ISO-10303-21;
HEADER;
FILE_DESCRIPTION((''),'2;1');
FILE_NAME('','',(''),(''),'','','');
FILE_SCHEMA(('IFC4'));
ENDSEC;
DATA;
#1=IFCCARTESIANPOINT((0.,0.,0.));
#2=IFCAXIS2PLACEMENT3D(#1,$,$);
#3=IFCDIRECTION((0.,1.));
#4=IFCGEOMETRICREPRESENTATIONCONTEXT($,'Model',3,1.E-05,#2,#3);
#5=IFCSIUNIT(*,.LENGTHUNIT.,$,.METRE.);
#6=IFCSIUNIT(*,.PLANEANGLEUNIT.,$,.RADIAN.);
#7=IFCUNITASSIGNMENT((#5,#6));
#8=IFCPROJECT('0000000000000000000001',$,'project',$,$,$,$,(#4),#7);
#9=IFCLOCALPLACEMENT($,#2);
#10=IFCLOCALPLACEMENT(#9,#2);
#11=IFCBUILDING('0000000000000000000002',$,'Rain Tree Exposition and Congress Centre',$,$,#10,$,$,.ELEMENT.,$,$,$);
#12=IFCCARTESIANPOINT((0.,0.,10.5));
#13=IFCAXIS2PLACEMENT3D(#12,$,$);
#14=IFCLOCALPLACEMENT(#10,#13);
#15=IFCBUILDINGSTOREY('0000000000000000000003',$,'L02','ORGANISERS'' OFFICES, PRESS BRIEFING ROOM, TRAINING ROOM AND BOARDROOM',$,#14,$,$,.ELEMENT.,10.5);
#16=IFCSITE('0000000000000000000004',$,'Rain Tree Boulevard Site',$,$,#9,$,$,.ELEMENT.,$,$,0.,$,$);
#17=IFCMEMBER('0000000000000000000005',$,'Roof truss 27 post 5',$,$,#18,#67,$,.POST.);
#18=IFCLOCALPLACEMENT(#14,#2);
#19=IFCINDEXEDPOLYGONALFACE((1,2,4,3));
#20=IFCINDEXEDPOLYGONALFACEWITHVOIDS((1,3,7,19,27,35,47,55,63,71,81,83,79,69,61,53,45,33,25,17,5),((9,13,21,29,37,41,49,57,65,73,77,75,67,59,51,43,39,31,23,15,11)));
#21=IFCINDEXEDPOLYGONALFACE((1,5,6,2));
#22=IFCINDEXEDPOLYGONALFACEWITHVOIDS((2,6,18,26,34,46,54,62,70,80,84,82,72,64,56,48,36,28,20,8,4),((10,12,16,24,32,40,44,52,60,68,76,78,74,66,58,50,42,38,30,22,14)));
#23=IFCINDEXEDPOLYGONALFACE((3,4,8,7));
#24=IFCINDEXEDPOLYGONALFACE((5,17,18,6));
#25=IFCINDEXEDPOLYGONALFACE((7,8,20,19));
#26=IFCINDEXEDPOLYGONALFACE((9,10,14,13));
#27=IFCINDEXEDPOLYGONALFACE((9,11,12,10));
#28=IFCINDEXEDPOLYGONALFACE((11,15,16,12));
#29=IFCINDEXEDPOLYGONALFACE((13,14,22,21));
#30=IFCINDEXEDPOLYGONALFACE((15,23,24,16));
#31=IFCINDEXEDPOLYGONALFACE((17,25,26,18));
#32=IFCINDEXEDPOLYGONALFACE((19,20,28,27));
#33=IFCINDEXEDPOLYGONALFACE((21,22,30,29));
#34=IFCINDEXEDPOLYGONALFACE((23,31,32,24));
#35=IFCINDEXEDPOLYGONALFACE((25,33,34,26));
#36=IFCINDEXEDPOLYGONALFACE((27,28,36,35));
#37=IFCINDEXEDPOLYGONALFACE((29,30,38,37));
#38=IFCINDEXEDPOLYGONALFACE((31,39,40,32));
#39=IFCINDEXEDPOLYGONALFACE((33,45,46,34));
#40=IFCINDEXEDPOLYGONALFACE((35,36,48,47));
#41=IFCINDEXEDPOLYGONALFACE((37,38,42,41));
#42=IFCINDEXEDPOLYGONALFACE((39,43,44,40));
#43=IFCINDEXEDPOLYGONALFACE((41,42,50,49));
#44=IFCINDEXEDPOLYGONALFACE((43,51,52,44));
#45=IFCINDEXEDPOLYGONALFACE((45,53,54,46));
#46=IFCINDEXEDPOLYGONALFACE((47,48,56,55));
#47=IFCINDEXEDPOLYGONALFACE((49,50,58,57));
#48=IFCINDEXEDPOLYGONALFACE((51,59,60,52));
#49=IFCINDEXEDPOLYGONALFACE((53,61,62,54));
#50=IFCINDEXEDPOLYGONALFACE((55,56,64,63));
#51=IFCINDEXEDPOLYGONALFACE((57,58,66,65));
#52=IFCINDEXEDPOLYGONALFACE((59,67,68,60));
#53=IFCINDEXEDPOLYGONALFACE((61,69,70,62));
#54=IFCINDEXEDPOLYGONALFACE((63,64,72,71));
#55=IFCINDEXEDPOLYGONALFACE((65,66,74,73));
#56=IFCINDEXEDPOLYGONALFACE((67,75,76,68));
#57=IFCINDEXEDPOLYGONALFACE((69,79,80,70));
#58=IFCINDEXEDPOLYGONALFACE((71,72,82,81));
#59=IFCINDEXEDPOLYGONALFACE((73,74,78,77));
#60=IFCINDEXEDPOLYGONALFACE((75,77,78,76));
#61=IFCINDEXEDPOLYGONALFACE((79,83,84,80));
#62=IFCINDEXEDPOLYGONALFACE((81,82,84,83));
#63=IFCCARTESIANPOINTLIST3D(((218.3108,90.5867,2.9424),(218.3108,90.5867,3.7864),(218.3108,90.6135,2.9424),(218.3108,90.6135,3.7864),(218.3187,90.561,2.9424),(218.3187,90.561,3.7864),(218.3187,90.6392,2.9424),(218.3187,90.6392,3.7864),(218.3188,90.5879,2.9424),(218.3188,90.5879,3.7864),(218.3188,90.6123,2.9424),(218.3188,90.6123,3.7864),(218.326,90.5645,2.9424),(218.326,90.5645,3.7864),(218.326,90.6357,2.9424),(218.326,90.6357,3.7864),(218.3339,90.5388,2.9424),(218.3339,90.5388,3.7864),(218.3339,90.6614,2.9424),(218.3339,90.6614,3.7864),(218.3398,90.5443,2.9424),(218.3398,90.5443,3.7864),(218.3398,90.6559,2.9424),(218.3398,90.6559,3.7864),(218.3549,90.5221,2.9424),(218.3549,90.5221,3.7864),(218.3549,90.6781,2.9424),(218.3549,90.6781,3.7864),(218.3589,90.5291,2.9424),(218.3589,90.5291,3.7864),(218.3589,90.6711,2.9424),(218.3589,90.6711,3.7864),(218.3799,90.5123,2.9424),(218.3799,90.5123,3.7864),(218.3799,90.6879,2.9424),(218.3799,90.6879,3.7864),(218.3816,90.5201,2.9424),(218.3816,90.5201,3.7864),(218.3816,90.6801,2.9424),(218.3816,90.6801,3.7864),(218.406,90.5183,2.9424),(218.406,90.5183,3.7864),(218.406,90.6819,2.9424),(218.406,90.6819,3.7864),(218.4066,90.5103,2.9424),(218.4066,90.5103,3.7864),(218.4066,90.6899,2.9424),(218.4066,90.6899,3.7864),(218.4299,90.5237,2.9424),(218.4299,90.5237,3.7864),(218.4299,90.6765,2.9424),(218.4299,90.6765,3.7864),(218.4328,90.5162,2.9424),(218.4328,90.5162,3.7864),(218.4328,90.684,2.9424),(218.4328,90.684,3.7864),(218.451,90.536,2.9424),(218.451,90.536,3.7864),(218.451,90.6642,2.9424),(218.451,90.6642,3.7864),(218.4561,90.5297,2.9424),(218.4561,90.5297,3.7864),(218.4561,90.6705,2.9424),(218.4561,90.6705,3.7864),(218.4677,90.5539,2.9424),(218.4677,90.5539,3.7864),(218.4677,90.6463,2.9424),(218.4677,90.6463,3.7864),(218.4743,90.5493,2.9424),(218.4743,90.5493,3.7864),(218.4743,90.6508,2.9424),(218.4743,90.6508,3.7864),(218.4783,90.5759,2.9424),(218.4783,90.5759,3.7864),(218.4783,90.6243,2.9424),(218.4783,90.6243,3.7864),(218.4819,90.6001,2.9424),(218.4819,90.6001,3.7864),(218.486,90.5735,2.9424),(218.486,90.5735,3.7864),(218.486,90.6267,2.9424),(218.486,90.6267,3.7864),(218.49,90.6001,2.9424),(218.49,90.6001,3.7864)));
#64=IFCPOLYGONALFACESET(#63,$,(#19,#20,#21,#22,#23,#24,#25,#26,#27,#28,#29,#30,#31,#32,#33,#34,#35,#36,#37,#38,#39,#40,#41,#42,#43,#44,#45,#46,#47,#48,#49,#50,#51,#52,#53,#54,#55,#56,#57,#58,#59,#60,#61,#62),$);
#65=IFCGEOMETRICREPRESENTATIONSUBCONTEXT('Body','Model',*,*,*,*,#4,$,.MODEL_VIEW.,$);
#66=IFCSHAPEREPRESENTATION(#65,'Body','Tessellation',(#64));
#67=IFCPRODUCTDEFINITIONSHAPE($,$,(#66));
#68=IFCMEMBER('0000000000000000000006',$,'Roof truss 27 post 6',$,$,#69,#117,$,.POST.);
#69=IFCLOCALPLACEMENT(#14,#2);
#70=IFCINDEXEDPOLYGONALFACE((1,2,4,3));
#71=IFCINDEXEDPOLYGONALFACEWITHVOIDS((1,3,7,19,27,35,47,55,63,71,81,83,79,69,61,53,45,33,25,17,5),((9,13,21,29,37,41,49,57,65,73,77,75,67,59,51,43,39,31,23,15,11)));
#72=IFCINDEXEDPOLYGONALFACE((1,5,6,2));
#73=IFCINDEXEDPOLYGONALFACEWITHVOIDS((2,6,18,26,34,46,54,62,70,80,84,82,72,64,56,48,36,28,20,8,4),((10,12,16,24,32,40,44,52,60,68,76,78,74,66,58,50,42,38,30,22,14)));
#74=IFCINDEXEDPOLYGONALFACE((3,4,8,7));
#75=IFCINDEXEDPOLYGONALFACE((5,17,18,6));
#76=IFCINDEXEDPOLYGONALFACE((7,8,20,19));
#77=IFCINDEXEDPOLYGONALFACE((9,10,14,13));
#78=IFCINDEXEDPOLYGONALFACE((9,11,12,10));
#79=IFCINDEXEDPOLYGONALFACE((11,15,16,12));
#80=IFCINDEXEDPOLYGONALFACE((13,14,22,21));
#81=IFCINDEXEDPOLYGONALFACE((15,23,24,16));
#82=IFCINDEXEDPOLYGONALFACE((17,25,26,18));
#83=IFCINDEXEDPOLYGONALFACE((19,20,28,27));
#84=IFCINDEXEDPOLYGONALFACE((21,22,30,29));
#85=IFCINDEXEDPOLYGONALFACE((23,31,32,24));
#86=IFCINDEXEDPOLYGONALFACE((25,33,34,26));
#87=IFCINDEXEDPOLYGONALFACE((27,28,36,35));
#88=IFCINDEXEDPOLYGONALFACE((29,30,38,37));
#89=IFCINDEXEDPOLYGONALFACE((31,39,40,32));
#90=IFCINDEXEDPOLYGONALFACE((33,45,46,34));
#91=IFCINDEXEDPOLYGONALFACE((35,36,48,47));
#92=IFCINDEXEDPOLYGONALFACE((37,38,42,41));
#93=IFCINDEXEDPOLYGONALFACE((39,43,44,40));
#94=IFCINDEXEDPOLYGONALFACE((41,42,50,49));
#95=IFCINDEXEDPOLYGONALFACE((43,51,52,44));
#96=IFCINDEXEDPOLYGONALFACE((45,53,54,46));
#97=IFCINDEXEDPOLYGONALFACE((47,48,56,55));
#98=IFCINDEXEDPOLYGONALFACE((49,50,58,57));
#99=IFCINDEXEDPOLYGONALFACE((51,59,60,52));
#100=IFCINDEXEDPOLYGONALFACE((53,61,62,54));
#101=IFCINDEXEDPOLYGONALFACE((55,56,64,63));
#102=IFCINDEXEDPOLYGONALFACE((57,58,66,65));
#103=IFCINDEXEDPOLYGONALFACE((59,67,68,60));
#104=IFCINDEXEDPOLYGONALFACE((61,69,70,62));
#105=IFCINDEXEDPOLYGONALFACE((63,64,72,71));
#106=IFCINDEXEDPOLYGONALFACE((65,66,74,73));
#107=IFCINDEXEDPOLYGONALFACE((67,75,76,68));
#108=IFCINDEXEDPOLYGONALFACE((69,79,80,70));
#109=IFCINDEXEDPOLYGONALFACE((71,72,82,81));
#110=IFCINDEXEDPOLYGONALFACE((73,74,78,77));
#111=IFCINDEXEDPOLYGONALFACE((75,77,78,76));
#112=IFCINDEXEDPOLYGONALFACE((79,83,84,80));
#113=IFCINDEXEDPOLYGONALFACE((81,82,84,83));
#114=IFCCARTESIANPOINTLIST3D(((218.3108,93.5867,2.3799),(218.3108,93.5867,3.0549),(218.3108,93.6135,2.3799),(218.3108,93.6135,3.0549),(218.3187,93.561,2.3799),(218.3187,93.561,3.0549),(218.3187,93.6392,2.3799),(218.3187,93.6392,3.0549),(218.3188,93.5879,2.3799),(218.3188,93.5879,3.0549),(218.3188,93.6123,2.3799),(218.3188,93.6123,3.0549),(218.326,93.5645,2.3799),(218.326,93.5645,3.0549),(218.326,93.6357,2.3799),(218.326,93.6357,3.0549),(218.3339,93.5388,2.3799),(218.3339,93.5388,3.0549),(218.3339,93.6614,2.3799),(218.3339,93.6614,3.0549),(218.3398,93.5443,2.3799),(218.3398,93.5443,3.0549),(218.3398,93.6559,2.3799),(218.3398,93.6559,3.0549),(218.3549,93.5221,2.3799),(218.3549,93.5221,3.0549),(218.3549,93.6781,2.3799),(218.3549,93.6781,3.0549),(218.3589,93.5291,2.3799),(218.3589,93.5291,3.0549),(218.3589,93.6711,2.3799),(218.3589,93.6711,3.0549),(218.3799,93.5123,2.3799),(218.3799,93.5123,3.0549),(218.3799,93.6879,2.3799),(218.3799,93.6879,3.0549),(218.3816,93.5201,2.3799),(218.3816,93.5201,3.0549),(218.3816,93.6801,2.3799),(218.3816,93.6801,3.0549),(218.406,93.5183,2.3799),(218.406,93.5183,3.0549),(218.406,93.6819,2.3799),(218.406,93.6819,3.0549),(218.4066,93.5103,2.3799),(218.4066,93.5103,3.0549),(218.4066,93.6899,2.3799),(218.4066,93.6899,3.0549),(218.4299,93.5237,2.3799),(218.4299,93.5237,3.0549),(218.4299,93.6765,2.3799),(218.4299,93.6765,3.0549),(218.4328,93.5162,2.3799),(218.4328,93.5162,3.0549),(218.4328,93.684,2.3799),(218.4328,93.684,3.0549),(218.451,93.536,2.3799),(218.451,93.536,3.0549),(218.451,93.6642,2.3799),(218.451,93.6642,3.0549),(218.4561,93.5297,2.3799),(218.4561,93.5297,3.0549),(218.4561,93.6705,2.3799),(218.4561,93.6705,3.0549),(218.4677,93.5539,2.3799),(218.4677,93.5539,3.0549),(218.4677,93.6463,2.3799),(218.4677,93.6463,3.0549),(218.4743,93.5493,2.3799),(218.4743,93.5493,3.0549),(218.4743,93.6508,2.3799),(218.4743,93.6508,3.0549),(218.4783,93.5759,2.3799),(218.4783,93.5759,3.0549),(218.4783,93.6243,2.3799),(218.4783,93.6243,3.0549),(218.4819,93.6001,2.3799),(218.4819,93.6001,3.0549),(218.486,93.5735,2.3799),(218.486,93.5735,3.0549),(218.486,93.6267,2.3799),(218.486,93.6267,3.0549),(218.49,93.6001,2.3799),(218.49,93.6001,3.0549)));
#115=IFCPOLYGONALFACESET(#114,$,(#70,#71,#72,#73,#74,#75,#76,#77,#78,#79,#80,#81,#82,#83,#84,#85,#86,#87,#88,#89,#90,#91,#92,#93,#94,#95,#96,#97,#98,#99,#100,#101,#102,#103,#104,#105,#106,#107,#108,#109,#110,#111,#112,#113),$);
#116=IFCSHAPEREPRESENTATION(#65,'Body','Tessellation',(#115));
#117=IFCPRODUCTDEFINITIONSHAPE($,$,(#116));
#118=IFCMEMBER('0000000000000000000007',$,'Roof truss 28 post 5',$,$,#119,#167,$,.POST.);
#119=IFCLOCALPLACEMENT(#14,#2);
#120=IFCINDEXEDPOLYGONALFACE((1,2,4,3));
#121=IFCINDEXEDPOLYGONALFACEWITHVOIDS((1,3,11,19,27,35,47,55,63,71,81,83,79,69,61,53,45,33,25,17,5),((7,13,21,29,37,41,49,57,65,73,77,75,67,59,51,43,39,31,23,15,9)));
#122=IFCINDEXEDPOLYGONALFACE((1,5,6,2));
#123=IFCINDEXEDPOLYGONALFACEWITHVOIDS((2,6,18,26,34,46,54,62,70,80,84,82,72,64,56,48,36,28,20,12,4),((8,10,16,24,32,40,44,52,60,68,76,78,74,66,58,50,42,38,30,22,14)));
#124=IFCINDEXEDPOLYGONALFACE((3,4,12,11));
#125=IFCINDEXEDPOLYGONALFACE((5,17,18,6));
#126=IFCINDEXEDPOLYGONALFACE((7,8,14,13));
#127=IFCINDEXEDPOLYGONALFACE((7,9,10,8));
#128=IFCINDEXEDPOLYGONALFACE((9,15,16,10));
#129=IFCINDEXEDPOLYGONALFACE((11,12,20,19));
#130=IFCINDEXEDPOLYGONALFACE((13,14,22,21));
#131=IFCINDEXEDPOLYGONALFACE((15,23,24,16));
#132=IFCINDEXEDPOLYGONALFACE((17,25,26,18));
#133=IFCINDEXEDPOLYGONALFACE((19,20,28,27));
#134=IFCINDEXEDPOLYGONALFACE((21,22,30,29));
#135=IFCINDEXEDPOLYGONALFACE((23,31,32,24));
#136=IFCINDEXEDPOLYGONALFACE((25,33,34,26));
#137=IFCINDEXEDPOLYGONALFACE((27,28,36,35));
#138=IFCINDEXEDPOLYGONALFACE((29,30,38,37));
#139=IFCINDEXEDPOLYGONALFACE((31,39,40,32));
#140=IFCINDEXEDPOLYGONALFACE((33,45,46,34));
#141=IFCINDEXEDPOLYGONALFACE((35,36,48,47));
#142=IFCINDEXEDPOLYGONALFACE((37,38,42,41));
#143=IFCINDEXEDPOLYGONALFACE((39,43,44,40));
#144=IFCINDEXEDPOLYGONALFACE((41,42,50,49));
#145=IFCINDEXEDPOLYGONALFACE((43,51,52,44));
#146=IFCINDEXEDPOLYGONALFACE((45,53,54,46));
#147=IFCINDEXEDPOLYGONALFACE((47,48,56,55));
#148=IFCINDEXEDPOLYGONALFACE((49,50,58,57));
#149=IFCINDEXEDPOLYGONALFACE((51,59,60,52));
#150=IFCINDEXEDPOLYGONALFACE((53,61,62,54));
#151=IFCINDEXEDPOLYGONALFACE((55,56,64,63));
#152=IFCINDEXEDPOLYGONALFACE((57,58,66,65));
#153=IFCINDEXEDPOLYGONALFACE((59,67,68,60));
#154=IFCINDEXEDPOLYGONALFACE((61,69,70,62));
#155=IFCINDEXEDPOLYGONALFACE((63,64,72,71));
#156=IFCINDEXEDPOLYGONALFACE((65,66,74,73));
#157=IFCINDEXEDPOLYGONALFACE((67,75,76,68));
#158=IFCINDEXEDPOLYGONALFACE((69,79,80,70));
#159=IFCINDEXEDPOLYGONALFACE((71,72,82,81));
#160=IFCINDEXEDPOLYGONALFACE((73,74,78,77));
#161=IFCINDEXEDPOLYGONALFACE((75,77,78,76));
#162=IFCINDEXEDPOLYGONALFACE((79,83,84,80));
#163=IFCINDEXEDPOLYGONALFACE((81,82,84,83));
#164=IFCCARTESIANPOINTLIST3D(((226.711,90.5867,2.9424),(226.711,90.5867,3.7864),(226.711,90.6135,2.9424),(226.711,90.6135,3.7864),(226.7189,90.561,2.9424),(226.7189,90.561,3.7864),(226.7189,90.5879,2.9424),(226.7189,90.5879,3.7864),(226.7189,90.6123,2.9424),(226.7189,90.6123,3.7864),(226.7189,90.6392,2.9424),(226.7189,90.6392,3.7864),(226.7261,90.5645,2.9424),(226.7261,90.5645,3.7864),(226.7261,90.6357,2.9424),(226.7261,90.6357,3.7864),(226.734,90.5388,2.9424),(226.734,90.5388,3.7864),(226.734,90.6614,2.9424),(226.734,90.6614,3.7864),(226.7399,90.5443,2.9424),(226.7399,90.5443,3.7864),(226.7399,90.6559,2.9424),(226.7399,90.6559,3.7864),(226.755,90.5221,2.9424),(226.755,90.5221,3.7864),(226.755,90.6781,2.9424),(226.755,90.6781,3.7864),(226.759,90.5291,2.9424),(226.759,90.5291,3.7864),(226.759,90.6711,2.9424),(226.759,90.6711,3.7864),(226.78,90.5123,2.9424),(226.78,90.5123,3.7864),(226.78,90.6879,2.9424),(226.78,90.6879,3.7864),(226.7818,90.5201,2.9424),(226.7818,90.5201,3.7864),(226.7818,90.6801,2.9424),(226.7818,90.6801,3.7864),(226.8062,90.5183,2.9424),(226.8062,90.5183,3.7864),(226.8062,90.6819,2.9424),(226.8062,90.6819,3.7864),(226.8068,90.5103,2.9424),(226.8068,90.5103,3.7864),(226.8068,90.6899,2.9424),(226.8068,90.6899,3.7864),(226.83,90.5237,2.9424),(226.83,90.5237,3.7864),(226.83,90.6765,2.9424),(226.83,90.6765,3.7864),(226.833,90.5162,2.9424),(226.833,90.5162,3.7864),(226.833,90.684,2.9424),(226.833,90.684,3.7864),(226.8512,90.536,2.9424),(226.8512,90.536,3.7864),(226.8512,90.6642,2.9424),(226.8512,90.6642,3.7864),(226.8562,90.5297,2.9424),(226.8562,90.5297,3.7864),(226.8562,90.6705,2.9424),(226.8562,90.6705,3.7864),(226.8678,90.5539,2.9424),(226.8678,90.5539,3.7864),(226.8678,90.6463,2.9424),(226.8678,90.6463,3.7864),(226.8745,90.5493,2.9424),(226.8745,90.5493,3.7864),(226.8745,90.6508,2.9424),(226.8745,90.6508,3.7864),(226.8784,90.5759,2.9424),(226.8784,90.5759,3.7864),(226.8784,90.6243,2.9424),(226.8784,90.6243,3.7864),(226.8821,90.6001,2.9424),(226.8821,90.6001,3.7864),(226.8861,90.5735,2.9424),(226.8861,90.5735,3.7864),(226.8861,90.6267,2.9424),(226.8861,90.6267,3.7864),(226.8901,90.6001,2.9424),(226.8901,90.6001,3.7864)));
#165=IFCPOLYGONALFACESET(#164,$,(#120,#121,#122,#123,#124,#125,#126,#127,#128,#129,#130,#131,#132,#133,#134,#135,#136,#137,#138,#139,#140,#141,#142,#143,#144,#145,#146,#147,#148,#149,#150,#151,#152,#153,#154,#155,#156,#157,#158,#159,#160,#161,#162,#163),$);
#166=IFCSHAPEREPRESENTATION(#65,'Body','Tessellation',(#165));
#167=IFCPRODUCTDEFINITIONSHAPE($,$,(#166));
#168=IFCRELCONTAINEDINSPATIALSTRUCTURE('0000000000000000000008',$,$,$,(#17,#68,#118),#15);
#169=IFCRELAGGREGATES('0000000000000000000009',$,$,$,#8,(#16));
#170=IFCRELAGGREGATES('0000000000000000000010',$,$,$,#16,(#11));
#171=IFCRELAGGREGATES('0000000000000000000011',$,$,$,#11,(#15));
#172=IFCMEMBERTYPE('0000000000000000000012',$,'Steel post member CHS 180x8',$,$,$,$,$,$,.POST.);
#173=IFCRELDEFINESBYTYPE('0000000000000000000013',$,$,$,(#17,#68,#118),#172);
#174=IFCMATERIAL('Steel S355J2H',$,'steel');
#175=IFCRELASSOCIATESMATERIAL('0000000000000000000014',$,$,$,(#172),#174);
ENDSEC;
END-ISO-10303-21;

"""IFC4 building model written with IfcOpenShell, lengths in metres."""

from ifc_helpers import new_model, si_unit, direction, frame, origin, origin_2d, place, context, subcontext, project, spatial, hollow_circle, extrude, material, material_profile, profile_set, type_object, element, save


model = new_model("IFC4")

# Units and contexts
model_context = context("Model", 3, precision=1e-05, world=origin(), true_north=direction((0.0, 1.0)))
body_context = subcontext(model_context, "Body", "Model", "MODEL_VIEW")
ifc_project = project(units=[si_unit("LENGTHUNIT", "METRE"), si_unit("PLANEANGLEUNIT", "RADIAN")], contexts=[model_context])

# Site, building, storey
site_placement = place(None, origin())
site = spatial("IfcSite", under=ifc_project, at=site_placement, Name="Rain Tree Boulevard Site", CompositionType="ELEMENT", RefElevation=0.0)
building_placement = place(site_placement, origin())
building = spatial("IfcBuilding", under=site, at=building_placement, Name="Rain Tree Exposition and Congress Centre", CompositionType="ELEMENT")
storey_placement = place(building_placement, frame((0.0, 0.0, 10.5)))
storey = spatial("IfcBuildingStorey", under=building, at=storey_placement, Name="L02", Description="ORGANISERS' OFFICES, PRESS BRIEFING ROOM, TRAINING ROOM AND BOARDROOM", CompositionType="ELEMENT", Elevation=10.5)

# Members
ifc_material_1 = material(Name="Steel S355J2H", Category="steel")
ifc_material_profile_1 = material_profile(ifc_material_1, hollow_circle(Radius=0.0901, WallThickness=0.0081, at=origin_2d()), Name="CHS 180x8")
ifc_profile_set_1 = profile_set([ifc_material_profile_1], Name="Steel S355J2H")
member_type_1 = type_object("IfcMemberType", Name="Steel post member CHS 180x8", PredefinedType="POST", material=ifc_profile_set_1)
member_1_placement = place(storey_placement, frame((218.3999, 90.6001, 2.9424), z_axis=(0.0, 0.0, 1.0), x_axis=(1.0, 0.0, 0.0)))
element("IfcMember", 1, at=member_1_placement, inside=storey, type_object=member_type_1, Name="Roof truss 27 post 5", PredefinedType="POST", context=body_context, shape_type="SweptSolid", body=[
    extrude(hollow_circle(Radius=0.0901, WallThickness=0.0081, at=origin_2d()), origin(), (0.0, 0.0, 1.0), 0.844),
])
member_2_placement = place(storey_placement, frame((218.3999, 93.6001, 2.3799), z_axis=(0.0, 0.0, 1.0), x_axis=(1.0, 0.0, 0.0)))
element("IfcMember", 2, at=member_2_placement, inside=storey, type_object=member_type_1, Name="Roof truss 27 post 6", PredefinedType="POST", context=body_context, shape_type="SweptSolid", body=[
    extrude(hollow_circle(Radius=0.0901, WallThickness=0.0081, at=origin_2d()), origin(), (0.0, 0.0, 1.0), 0.675),
])
member_3_placement = place(storey_placement, frame((226.8, 90.6001, 2.9424), z_axis=(0.0, 0.0, 1.0), x_axis=(1.0, 0.0, 0.0)))
element("IfcMember", 3, at=member_3_placement, inside=storey, type_object=member_type_1, Name="Roof truss 28 post 5", PredefinedType="POST", context=body_context, shape_type="SweptSolid", body=[
    extrude(hollow_circle(Radius=0.0901, WallThickness=0.0081, at=origin_2d()), origin(), (0.0, 0.0, 1.0), 0.844),
])

save(model, "model.ifc")
